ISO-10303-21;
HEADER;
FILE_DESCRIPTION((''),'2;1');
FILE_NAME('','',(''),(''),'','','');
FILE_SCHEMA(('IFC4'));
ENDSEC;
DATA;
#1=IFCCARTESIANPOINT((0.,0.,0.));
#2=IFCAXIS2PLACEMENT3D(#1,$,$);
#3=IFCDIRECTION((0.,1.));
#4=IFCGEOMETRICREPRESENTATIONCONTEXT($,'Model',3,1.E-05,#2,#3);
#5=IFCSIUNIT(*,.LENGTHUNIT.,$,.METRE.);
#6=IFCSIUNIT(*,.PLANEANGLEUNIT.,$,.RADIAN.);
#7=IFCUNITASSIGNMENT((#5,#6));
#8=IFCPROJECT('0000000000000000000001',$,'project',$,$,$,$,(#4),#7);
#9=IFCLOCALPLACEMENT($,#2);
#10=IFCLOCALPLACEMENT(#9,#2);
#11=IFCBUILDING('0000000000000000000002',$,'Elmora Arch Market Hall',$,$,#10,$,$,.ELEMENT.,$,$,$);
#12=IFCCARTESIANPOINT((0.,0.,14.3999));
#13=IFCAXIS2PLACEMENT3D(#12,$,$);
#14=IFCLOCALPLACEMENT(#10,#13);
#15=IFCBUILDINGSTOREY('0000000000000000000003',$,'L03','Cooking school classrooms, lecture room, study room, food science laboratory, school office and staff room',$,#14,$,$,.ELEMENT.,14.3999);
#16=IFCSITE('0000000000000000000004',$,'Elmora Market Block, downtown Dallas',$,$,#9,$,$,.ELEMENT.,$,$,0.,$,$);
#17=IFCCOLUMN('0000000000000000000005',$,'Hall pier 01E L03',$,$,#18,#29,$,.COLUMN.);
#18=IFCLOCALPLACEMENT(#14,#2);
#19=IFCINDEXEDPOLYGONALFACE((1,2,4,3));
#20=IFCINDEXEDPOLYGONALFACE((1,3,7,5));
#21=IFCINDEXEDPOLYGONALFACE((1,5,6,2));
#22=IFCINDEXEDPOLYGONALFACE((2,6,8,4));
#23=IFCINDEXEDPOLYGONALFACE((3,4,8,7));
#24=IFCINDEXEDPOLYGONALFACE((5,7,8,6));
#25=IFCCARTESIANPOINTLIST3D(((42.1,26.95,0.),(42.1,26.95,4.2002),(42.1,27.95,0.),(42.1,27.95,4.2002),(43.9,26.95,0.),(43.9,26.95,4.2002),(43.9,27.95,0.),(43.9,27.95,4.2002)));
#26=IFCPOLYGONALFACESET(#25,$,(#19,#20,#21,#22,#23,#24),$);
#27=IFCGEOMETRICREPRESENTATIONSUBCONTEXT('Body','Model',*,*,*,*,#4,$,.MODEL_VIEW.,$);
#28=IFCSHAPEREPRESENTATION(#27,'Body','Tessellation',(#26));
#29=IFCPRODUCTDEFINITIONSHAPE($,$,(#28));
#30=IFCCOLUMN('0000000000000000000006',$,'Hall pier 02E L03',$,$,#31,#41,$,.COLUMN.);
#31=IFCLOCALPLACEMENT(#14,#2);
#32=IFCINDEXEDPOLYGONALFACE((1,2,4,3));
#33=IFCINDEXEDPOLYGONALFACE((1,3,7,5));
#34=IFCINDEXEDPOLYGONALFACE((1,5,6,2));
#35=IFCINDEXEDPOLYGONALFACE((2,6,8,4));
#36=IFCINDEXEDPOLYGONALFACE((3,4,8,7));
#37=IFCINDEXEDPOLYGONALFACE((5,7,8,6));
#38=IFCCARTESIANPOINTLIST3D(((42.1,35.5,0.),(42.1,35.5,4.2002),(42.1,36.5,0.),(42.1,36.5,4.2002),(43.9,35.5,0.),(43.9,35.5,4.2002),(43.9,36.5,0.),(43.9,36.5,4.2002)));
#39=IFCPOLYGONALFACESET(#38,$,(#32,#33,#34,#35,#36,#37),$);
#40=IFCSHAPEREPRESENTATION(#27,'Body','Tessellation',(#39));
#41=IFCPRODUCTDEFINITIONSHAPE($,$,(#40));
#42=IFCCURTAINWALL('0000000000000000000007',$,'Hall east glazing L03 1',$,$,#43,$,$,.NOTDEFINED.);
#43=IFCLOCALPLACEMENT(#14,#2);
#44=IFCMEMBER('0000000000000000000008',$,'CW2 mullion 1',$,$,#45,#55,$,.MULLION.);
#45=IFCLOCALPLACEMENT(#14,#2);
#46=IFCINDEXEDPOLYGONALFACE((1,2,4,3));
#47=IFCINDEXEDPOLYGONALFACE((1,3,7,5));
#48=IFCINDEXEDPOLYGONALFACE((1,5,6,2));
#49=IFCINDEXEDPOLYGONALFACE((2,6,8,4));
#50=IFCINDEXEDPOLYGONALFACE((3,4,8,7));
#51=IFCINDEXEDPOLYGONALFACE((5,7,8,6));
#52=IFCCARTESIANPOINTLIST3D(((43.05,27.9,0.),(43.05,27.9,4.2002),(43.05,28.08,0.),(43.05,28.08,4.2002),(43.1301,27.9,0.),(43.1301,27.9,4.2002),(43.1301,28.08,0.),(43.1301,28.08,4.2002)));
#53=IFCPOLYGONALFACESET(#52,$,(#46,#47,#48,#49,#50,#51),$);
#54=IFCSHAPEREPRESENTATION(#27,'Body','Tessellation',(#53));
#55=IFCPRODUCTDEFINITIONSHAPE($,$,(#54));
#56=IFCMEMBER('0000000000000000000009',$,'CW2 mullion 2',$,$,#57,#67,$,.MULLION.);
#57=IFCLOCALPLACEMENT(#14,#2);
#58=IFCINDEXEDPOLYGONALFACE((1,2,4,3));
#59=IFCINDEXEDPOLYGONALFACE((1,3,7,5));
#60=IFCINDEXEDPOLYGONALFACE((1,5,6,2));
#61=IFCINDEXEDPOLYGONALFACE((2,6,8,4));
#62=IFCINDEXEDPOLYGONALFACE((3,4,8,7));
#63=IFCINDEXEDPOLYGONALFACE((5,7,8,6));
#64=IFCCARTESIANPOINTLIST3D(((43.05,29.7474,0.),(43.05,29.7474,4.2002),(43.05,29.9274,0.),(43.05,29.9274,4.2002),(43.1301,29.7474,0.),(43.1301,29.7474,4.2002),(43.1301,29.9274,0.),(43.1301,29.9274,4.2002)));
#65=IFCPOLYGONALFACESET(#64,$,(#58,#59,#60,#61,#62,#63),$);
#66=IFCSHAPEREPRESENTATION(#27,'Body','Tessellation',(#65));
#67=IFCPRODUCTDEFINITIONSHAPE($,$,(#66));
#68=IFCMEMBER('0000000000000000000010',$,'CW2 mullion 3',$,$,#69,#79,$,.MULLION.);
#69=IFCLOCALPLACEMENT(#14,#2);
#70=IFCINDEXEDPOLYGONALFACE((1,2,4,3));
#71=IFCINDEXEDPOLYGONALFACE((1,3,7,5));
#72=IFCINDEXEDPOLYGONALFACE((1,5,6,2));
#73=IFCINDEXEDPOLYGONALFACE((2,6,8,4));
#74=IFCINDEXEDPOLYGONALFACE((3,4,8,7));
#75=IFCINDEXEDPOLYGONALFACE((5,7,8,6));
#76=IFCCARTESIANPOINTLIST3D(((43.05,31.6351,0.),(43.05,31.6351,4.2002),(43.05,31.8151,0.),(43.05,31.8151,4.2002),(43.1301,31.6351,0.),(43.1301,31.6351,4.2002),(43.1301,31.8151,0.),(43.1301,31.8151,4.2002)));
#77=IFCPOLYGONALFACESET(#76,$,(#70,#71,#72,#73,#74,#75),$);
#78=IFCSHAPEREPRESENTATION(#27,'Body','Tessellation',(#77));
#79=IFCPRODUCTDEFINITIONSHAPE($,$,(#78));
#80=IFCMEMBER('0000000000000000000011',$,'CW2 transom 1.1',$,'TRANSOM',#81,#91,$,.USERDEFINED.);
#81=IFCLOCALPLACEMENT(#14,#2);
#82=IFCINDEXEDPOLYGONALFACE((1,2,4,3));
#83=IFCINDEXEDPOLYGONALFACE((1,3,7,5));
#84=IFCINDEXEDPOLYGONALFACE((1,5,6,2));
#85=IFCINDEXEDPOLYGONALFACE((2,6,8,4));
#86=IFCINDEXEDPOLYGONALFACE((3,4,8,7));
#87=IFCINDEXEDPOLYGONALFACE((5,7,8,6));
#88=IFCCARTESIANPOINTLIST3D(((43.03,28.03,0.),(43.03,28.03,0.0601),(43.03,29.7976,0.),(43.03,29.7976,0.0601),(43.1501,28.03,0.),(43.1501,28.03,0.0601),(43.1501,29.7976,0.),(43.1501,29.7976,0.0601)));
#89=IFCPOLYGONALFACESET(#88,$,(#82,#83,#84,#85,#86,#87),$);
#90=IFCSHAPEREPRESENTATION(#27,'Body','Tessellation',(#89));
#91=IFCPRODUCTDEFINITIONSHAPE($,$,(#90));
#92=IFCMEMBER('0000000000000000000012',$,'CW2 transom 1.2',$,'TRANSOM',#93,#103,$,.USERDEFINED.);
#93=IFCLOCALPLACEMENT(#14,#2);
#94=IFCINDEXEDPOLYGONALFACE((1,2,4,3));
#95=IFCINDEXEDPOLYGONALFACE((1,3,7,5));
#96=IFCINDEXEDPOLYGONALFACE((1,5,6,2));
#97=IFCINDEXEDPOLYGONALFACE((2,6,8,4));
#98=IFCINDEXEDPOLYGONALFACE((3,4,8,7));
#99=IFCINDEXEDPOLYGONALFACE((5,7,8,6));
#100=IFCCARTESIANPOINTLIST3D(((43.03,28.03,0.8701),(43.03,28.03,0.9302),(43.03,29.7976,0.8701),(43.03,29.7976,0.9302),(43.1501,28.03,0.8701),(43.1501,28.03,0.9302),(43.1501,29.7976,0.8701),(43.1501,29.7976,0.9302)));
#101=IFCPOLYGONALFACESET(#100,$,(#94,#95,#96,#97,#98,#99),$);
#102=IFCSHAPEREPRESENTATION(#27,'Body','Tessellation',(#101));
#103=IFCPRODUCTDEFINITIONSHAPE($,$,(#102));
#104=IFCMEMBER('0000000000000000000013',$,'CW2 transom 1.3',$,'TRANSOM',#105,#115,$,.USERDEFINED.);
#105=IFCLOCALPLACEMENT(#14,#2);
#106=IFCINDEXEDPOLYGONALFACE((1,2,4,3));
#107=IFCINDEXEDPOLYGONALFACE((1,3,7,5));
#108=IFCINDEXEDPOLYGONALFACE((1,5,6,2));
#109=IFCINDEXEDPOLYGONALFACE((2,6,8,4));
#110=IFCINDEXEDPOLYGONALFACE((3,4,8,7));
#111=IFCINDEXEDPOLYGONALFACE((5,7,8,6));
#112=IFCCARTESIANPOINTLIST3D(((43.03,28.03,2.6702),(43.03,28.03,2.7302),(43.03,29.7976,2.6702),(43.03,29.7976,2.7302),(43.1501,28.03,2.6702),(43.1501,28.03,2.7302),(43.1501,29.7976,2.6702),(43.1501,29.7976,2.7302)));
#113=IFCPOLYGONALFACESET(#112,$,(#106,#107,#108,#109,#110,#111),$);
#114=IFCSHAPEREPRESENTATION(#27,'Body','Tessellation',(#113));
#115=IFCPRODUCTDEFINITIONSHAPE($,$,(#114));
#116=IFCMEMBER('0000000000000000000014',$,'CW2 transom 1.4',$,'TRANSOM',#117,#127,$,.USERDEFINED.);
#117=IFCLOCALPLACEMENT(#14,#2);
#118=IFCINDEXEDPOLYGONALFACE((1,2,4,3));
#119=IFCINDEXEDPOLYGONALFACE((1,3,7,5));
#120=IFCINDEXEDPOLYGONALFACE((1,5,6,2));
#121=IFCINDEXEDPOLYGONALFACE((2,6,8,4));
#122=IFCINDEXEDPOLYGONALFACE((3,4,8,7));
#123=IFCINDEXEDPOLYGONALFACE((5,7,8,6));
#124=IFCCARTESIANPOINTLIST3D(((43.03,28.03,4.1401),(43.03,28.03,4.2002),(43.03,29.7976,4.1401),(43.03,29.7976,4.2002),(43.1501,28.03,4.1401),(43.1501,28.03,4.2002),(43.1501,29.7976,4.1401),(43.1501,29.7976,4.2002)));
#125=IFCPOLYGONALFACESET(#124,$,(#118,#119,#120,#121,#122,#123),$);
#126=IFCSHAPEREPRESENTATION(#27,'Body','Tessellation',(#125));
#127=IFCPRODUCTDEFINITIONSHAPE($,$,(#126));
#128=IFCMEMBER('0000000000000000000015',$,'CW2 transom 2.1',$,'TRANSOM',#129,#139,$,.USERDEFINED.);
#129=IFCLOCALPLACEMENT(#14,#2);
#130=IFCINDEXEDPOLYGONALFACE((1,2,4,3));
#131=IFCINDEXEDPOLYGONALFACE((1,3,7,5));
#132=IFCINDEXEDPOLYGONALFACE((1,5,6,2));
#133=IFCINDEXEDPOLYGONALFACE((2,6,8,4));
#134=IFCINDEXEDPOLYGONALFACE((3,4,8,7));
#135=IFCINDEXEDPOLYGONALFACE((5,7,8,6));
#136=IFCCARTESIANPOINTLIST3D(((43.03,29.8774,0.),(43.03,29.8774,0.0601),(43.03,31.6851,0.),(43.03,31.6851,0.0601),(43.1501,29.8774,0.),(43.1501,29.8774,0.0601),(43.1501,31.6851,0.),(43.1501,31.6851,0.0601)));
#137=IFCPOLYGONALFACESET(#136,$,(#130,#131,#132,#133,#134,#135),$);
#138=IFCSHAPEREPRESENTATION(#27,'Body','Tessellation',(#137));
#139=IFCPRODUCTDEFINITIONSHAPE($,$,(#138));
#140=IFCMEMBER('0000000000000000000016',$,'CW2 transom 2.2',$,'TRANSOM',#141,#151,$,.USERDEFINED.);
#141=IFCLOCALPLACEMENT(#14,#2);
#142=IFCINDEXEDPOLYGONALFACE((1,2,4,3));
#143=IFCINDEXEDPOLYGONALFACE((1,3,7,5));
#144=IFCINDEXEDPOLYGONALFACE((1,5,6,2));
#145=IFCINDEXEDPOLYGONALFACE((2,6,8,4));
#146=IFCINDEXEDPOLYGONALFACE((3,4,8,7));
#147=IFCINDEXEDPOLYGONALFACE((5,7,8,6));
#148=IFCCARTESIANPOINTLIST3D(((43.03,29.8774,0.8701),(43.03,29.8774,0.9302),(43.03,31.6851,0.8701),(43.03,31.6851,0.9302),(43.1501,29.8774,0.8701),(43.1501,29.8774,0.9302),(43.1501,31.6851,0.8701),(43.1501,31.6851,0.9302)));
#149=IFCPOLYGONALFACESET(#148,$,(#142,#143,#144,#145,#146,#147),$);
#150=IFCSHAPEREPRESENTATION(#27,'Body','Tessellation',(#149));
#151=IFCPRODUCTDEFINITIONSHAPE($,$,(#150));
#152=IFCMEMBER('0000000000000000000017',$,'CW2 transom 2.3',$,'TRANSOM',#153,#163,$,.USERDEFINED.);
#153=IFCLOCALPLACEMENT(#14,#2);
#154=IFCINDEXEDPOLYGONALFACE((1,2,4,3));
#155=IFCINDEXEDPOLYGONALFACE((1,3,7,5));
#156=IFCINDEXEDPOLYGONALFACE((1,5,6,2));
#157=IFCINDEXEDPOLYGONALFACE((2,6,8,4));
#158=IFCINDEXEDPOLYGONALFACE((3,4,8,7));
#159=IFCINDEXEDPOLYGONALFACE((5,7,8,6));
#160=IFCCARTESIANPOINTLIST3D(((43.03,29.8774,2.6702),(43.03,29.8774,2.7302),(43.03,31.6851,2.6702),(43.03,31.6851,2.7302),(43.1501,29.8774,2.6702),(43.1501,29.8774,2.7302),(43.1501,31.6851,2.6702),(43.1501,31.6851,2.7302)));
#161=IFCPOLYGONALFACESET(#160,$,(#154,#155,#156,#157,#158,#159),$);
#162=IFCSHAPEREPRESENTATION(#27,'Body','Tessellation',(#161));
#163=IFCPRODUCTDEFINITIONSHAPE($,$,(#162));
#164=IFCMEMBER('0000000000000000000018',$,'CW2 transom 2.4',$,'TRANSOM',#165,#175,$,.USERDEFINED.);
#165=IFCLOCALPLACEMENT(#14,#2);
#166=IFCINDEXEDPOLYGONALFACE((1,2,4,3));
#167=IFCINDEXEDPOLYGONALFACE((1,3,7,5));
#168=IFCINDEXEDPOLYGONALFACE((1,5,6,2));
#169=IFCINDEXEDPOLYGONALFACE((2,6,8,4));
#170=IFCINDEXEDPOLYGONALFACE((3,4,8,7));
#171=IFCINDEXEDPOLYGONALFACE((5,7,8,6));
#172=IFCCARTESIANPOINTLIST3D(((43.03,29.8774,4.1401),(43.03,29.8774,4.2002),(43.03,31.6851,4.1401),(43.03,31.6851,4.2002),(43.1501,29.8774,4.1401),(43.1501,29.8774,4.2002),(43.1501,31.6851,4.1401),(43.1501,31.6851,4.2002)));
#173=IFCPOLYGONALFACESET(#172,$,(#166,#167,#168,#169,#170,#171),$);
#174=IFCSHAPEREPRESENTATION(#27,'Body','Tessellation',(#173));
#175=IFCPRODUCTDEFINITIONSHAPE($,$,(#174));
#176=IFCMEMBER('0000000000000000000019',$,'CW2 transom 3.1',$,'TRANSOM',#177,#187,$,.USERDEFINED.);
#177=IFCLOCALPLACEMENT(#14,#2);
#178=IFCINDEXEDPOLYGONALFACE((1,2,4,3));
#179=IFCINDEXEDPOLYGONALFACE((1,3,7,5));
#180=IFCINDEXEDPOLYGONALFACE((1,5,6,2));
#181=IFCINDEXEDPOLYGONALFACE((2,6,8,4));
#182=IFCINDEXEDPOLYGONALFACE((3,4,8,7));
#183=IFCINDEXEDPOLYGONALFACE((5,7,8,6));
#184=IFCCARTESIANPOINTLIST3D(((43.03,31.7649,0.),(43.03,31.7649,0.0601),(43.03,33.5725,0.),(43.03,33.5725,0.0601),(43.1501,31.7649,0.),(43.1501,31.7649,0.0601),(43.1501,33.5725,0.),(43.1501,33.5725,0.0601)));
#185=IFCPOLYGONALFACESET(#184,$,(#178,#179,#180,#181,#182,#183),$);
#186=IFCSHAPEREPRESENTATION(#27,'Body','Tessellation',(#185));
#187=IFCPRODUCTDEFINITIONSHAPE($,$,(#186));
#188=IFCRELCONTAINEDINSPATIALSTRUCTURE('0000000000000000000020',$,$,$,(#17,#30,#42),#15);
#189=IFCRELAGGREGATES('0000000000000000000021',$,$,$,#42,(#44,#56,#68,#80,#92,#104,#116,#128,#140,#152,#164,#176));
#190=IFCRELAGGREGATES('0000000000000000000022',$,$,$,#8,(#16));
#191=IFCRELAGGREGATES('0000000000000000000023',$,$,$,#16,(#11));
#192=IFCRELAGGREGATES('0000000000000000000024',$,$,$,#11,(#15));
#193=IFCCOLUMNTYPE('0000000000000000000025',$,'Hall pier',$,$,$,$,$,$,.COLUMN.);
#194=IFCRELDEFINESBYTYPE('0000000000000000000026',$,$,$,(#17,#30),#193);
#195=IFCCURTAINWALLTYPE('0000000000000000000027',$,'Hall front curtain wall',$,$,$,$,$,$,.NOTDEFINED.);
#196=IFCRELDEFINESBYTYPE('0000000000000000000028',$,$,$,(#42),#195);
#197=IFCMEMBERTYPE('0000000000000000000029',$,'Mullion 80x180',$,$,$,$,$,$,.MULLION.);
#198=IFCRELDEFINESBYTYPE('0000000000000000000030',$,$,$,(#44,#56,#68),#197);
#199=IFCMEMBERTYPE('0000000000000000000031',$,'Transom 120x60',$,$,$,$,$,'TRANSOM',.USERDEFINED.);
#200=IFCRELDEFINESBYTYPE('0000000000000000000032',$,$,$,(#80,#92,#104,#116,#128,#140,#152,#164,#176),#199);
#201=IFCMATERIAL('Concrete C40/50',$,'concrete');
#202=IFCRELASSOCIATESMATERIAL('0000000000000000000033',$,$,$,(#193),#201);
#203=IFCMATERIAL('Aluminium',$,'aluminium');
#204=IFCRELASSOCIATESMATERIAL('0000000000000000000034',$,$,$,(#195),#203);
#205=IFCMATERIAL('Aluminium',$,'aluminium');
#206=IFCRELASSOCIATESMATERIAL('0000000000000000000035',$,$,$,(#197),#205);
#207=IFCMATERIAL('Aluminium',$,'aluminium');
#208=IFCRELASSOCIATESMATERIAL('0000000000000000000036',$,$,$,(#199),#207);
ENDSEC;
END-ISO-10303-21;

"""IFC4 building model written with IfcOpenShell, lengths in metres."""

from ifc_helpers import new_model, si_unit, direction, frame, origin, origin_2d, place, context, subcontext, project, spatial, rectangle, extrude, material, material_profile, profile_set, type_object, element, aggregate, save


model = new_model("IFC4")

# Units and contexts
model_context = context("Model", 3, precision=1e-05, world=origin(), true_north=direction((0.0, 1.0)))
body_context = subcontext(model_context, "Body", "Model", "MODEL_VIEW")
ifc_project = project(units=[si_unit("LENGTHUNIT", "METRE"), si_unit("PLANEANGLEUNIT", "RADIAN")], contexts=[model_context])

# Site, building, storey
site_placement = place(None, origin())
site = spatial("IfcSite", under=ifc_project, at=site_placement, Name="Elmora Market Block, downtown Dallas", CompositionType="ELEMENT", RefElevation=0.0)
building_placement = place(site_placement, origin())
building = spatial("IfcBuilding", under=site, at=building_placement, Name="Elmora Arch Market Hall", CompositionType="ELEMENT")
storey_placement = place(building_placement, frame((0.0, 0.0, 14.3999)))
storey = spatial("IfcBuildingStorey", under=building, at=storey_placement, Name="L03", Description="Cooking school classrooms, lecture room, study room, food science laboratory, school office and staff room", CompositionType="ELEMENT", Elevation=14.3999)

# Columns
ifc_material_1 = material(Name="Concrete C40/50", Category="concrete")
ifc_material_profile_1 = material_profile(ifc_material_1, rectangle(XDim=1.8, YDim=1.0, at=origin_2d()), Name="Hall pier")
ifc_profile_set_1 = profile_set([ifc_material_profile_1], Name="Concrete C40/50")
column_type = type_object("IfcColumnType", Name="Hall pier", PredefinedType="COLUMN", material=ifc_profile_set_1)
for number, where, z_axis, x_axis, name in (
    (1, (43.0, 27.45, 0.0), (0.0, 0.0, 1.0), (1.0, 0.0, 0.0), "Hall pier 01E L03"),
    (2, (43.0, 36.0, 0.0), (0.0, 0.0, 1.0), (1.0, 0.0, 0.0), "Hall pier 02E L03"),
):
    element("IfcColumn", number, at=place(storey_placement, frame(where, z_axis=z_axis, x_axis=x_axis)), inside=storey, type_object=column_type, Name=name, PredefinedType="COLUMN", context=body_context, shape_type="SweptSolid", body=[
        extrude(rectangle(XDim=1.8, YDim=1.0, at=origin_2d()), origin(), (0.0, 0.0, 1.0), 4.2002),
    ])

# Curtain wall, members
ifc_material_2 = material(Name="Aluminium", Category="aluminium")
curtain_wall_type = type_object("IfcCurtainWallType", Name="Hall front curtain wall", PredefinedType="NOTDEFINED", material=ifc_material_2)
curtain_wall_placement = place(storey_placement, origin())
curtain_wall = element("IfcCurtainWall", 3, at=curtain_wall_placement, inside=storey, type_object=curtain_wall_type, Name="Hall east glazing L03 1", PredefinedType="NOTDEFINED")
ifc_material_3 = material(Name="Aluminium", Category="aluminium")
ifc_material_profile_2 = material_profile(ifc_material_3, rectangle(XDim=0.0801, YDim=0.1799, at=origin_2d()), Name="AL 80x180")
ifc_profile_set_2 = profile_set([ifc_material_profile_2], Name="Aluminium")
member_type_1 = type_object("IfcMemberType", Name="Mullion 80x180", PredefinedType="MULLION", material=ifc_profile_set_2)
member_1_placement = place(storey_placement, frame((43.0901, 27.99, 0.0), z_axis=(0.0, 0.0, 1.0), x_axis=(-1.0, 0.0, 0.0)))
member_1 = element("IfcMember", 4, at=member_1_placement, type_object=member_type_1, Name="CW2 mullion 1", PredefinedType="MULLION", context=body_context, shape_type="SweptSolid", body=[
    extrude(rectangle(XDim=0.0801, YDim=0.1799, at=origin_2d()), origin(), (0.0, 0.0, 1.0), 4.2002),
])
member_2_placement = place(storey_placement, frame((43.0901, 29.8374, 0.0), z_axis=(0.0, 0.0, 1.0), x_axis=(-1.0, 0.0, 0.0)))
member_2 = element("IfcMember", 5, at=member_2_placement, type_object=member_type_1, Name="CW2 mullion 2", PredefinedType="MULLION", context=body_context, shape_type="SweptSolid", body=[
    extrude(rectangle(XDim=0.0801, YDim=0.1799, at=origin_2d()), origin(), (0.0, 0.0, 1.0), 4.2002),
])
member_3_placement = place(storey_placement, frame((43.0901, 31.7251, 0.0), z_axis=(0.0, 0.0, 1.0), x_axis=(-1.0, 0.0, 0.0)))
member_3 = element("IfcMember", 6, at=member_3_placement, type_object=member_type_1, Name="CW2 mullion 3", PredefinedType="MULLION", context=body_context, shape_type="SweptSolid", body=[
    extrude(rectangle(XDim=0.0801, YDim=0.1799, at=origin_2d()), origin(), (0.0, 0.0, 1.0), 4.2002),
])
ifc_material_4 = material(Name="Aluminium", Category="aluminium")
ifc_material_profile_3 = material_profile(ifc_material_4, rectangle(XDim=0.1201, YDim=0.0601, at=origin_2d()), Name="AL 120x60")
ifc_profile_set_3 = profile_set([ifc_material_profile_3], Name="Aluminium")
member_type_2 = type_object("IfcMemberType", Name="Transom 120x60", ElementType="TRANSOM", PredefinedType="USERDEFINED", material=ifc_profile_set_3)
member_4_placement = place(storey_placement, frame((43.0901, 28.03, 0.03), z_axis=(0.0, 1.0, 0.0), x_axis=(-1.0, 0.0, 0.0)))
member_4 = element("IfcMember", 7, at=member_4_placement, type_object=member_type_2, Name="CW2 transom 1.1", ObjectType="TRANSOM", PredefinedType="USERDEFINED", context=body_context, shape_type="SweptSolid", body=[
    extrude(rectangle(XDim=0.1201, YDim=0.0601, at=origin_2d()), origin(), (0.0, 0.0, 1.0), 1.7676),
])
member_5_placement = place(storey_placement, frame((43.0901, 28.03, 0.9001), z_axis=(0.0, 1.0, 0.0), x_axis=(-1.0, 0.0, 0.0)))
member_5 = element("IfcMember", 8, at=member_5_placement, type_object=member_type_2, Name="CW2 transom 1.2", ObjectType="TRANSOM", PredefinedType="USERDEFINED", context=body_context, shape_type="SweptSolid", body=[
    extrude(rectangle(XDim=0.1201, YDim=0.0601, at=origin_2d()), origin(), (0.0, 0.0, 1.0), 1.7676),
])
member_6_placement = place(storey_placement, frame((43.0901, 28.03, 2.7002), z_axis=(0.0, 1.0, 0.0), x_axis=(-1.0, 0.0, 0.0)))
member_6 = element("IfcMember", 9, at=member_6_placement, type_object=member_type_2, Name="CW2 transom 1.3", ObjectType="TRANSOM", PredefinedType="USERDEFINED", context=body_context, shape_type="SweptSolid", body=[
    extrude(rectangle(XDim=0.1201, YDim=0.0601, at=origin_2d()), origin(), (0.0, 0.0, 1.0), 1.7676),
])
member_7_placement = place(storey_placement, frame((43.0901, 28.03, 4.1702), z_axis=(0.0, 1.0, 0.0), x_axis=(-1.0, 0.0, 0.0)))
member_7 = element("IfcMember", 10, at=member_7_placement, type_object=member_type_2, Name="CW2 transom 1.4", ObjectType="TRANSOM", PredefinedType="USERDEFINED", context=body_context, shape_type="SweptSolid", body=[
    extrude(rectangle(XDim=0.1201, YDim=0.0601, at=origin_2d()), origin(), (0.0, 0.0, 1.0), 1.7676),
])
member_8_placement = place(storey_placement, frame((43.0901, 29.8774, 0.03), z_axis=(0.0, 1.0, 0.0), x_axis=(-1.0, 0.0, 0.0)))
member_8 = element("IfcMember", 11, at=member_8_placement, type_object=member_type_2, Name="CW2 transom 2.1", ObjectType="TRANSOM", PredefinedType="USERDEFINED", context=body_context, shape_type="SweptSolid", body=[
    extrude(rectangle(XDim=0.1201, YDim=0.0601, at=origin_2d()), origin(), (0.0, 0.0, 1.0), 1.8076),
])
member_9_placement = place(storey_placement, frame((43.0901, 29.8774, 0.9001), z_axis=(0.0, 1.0, 0.0), x_axis=(-1.0, 0.0, 0.0)))
member_9 = element("IfcMember", 12, at=member_9_placement, type_object=member_type_2, Name="CW2 transom 2.2", ObjectType="TRANSOM", PredefinedType="USERDEFINED", context=body_context, shape_type="SweptSolid", body=[
    extrude(rectangle(XDim=0.1201, YDim=0.0601, at=origin_2d()), origin(), (0.0, 0.0, 1.0), 1.8076),
])
member_10_placement = place(storey_placement, frame((43.0901, 29.8774, 2.7002), z_axis=(0.0, 1.0, 0.0), x_axis=(-1.0, 0.0, 0.0)))
member_10 = element("IfcMember", 13, at=member_10_placement, type_object=member_type_2, Name="CW2 transom 2.3", ObjectType="TRANSOM", PredefinedType="USERDEFINED", context=body_context, shape_type="SweptSolid", body=[
    extrude(rectangle(XDim=0.1201, YDim=0.0601, at=origin_2d()), origin(), (0.0, 0.0, 1.0), 1.8076),
])
member_11_placement = place(storey_placement, frame((43.0901, 29.8774, 4.1702), z_axis=(0.0, 1.0, 0.0), x_axis=(-1.0, 0.0, 0.0)))
member_11 = element("IfcMember", 14, at=member_11_placement, type_object=member_type_2, Name="CW2 transom 2.4", ObjectType="TRANSOM", PredefinedType="USERDEFINED", context=body_context, shape_type="SweptSolid", body=[
    extrude(rectangle(XDim=0.1201, YDim=0.0601, at=origin_2d()), origin(), (0.0, 0.0, 1.0), 1.8076),
])
member_12_placement = place(storey_placement, frame((43.0901, 31.7649, 0.03), z_axis=(0.0, 1.0, 0.0), x_axis=(-1.0, 0.0, 0.0)))
member_12 = element("IfcMember", 15, at=member_12_placement, type_object=member_type_2, Name="CW2 transom 3.1", ObjectType="TRANSOM", PredefinedType="USERDEFINED", context=body_context, shape_type="SweptSolid", body=[
    extrude(rectangle(XDim=0.1201, YDim=0.0601, at=origin_2d()), origin(), (0.0, 0.0, 1.0), 1.8076),
])
aggregate(curtain_wall, [member_1, member_2, member_3, member_4, member_5, member_6, member_7, member_8, member_9, member_10, member_11, member_12])

save(model, "model.ifc")
